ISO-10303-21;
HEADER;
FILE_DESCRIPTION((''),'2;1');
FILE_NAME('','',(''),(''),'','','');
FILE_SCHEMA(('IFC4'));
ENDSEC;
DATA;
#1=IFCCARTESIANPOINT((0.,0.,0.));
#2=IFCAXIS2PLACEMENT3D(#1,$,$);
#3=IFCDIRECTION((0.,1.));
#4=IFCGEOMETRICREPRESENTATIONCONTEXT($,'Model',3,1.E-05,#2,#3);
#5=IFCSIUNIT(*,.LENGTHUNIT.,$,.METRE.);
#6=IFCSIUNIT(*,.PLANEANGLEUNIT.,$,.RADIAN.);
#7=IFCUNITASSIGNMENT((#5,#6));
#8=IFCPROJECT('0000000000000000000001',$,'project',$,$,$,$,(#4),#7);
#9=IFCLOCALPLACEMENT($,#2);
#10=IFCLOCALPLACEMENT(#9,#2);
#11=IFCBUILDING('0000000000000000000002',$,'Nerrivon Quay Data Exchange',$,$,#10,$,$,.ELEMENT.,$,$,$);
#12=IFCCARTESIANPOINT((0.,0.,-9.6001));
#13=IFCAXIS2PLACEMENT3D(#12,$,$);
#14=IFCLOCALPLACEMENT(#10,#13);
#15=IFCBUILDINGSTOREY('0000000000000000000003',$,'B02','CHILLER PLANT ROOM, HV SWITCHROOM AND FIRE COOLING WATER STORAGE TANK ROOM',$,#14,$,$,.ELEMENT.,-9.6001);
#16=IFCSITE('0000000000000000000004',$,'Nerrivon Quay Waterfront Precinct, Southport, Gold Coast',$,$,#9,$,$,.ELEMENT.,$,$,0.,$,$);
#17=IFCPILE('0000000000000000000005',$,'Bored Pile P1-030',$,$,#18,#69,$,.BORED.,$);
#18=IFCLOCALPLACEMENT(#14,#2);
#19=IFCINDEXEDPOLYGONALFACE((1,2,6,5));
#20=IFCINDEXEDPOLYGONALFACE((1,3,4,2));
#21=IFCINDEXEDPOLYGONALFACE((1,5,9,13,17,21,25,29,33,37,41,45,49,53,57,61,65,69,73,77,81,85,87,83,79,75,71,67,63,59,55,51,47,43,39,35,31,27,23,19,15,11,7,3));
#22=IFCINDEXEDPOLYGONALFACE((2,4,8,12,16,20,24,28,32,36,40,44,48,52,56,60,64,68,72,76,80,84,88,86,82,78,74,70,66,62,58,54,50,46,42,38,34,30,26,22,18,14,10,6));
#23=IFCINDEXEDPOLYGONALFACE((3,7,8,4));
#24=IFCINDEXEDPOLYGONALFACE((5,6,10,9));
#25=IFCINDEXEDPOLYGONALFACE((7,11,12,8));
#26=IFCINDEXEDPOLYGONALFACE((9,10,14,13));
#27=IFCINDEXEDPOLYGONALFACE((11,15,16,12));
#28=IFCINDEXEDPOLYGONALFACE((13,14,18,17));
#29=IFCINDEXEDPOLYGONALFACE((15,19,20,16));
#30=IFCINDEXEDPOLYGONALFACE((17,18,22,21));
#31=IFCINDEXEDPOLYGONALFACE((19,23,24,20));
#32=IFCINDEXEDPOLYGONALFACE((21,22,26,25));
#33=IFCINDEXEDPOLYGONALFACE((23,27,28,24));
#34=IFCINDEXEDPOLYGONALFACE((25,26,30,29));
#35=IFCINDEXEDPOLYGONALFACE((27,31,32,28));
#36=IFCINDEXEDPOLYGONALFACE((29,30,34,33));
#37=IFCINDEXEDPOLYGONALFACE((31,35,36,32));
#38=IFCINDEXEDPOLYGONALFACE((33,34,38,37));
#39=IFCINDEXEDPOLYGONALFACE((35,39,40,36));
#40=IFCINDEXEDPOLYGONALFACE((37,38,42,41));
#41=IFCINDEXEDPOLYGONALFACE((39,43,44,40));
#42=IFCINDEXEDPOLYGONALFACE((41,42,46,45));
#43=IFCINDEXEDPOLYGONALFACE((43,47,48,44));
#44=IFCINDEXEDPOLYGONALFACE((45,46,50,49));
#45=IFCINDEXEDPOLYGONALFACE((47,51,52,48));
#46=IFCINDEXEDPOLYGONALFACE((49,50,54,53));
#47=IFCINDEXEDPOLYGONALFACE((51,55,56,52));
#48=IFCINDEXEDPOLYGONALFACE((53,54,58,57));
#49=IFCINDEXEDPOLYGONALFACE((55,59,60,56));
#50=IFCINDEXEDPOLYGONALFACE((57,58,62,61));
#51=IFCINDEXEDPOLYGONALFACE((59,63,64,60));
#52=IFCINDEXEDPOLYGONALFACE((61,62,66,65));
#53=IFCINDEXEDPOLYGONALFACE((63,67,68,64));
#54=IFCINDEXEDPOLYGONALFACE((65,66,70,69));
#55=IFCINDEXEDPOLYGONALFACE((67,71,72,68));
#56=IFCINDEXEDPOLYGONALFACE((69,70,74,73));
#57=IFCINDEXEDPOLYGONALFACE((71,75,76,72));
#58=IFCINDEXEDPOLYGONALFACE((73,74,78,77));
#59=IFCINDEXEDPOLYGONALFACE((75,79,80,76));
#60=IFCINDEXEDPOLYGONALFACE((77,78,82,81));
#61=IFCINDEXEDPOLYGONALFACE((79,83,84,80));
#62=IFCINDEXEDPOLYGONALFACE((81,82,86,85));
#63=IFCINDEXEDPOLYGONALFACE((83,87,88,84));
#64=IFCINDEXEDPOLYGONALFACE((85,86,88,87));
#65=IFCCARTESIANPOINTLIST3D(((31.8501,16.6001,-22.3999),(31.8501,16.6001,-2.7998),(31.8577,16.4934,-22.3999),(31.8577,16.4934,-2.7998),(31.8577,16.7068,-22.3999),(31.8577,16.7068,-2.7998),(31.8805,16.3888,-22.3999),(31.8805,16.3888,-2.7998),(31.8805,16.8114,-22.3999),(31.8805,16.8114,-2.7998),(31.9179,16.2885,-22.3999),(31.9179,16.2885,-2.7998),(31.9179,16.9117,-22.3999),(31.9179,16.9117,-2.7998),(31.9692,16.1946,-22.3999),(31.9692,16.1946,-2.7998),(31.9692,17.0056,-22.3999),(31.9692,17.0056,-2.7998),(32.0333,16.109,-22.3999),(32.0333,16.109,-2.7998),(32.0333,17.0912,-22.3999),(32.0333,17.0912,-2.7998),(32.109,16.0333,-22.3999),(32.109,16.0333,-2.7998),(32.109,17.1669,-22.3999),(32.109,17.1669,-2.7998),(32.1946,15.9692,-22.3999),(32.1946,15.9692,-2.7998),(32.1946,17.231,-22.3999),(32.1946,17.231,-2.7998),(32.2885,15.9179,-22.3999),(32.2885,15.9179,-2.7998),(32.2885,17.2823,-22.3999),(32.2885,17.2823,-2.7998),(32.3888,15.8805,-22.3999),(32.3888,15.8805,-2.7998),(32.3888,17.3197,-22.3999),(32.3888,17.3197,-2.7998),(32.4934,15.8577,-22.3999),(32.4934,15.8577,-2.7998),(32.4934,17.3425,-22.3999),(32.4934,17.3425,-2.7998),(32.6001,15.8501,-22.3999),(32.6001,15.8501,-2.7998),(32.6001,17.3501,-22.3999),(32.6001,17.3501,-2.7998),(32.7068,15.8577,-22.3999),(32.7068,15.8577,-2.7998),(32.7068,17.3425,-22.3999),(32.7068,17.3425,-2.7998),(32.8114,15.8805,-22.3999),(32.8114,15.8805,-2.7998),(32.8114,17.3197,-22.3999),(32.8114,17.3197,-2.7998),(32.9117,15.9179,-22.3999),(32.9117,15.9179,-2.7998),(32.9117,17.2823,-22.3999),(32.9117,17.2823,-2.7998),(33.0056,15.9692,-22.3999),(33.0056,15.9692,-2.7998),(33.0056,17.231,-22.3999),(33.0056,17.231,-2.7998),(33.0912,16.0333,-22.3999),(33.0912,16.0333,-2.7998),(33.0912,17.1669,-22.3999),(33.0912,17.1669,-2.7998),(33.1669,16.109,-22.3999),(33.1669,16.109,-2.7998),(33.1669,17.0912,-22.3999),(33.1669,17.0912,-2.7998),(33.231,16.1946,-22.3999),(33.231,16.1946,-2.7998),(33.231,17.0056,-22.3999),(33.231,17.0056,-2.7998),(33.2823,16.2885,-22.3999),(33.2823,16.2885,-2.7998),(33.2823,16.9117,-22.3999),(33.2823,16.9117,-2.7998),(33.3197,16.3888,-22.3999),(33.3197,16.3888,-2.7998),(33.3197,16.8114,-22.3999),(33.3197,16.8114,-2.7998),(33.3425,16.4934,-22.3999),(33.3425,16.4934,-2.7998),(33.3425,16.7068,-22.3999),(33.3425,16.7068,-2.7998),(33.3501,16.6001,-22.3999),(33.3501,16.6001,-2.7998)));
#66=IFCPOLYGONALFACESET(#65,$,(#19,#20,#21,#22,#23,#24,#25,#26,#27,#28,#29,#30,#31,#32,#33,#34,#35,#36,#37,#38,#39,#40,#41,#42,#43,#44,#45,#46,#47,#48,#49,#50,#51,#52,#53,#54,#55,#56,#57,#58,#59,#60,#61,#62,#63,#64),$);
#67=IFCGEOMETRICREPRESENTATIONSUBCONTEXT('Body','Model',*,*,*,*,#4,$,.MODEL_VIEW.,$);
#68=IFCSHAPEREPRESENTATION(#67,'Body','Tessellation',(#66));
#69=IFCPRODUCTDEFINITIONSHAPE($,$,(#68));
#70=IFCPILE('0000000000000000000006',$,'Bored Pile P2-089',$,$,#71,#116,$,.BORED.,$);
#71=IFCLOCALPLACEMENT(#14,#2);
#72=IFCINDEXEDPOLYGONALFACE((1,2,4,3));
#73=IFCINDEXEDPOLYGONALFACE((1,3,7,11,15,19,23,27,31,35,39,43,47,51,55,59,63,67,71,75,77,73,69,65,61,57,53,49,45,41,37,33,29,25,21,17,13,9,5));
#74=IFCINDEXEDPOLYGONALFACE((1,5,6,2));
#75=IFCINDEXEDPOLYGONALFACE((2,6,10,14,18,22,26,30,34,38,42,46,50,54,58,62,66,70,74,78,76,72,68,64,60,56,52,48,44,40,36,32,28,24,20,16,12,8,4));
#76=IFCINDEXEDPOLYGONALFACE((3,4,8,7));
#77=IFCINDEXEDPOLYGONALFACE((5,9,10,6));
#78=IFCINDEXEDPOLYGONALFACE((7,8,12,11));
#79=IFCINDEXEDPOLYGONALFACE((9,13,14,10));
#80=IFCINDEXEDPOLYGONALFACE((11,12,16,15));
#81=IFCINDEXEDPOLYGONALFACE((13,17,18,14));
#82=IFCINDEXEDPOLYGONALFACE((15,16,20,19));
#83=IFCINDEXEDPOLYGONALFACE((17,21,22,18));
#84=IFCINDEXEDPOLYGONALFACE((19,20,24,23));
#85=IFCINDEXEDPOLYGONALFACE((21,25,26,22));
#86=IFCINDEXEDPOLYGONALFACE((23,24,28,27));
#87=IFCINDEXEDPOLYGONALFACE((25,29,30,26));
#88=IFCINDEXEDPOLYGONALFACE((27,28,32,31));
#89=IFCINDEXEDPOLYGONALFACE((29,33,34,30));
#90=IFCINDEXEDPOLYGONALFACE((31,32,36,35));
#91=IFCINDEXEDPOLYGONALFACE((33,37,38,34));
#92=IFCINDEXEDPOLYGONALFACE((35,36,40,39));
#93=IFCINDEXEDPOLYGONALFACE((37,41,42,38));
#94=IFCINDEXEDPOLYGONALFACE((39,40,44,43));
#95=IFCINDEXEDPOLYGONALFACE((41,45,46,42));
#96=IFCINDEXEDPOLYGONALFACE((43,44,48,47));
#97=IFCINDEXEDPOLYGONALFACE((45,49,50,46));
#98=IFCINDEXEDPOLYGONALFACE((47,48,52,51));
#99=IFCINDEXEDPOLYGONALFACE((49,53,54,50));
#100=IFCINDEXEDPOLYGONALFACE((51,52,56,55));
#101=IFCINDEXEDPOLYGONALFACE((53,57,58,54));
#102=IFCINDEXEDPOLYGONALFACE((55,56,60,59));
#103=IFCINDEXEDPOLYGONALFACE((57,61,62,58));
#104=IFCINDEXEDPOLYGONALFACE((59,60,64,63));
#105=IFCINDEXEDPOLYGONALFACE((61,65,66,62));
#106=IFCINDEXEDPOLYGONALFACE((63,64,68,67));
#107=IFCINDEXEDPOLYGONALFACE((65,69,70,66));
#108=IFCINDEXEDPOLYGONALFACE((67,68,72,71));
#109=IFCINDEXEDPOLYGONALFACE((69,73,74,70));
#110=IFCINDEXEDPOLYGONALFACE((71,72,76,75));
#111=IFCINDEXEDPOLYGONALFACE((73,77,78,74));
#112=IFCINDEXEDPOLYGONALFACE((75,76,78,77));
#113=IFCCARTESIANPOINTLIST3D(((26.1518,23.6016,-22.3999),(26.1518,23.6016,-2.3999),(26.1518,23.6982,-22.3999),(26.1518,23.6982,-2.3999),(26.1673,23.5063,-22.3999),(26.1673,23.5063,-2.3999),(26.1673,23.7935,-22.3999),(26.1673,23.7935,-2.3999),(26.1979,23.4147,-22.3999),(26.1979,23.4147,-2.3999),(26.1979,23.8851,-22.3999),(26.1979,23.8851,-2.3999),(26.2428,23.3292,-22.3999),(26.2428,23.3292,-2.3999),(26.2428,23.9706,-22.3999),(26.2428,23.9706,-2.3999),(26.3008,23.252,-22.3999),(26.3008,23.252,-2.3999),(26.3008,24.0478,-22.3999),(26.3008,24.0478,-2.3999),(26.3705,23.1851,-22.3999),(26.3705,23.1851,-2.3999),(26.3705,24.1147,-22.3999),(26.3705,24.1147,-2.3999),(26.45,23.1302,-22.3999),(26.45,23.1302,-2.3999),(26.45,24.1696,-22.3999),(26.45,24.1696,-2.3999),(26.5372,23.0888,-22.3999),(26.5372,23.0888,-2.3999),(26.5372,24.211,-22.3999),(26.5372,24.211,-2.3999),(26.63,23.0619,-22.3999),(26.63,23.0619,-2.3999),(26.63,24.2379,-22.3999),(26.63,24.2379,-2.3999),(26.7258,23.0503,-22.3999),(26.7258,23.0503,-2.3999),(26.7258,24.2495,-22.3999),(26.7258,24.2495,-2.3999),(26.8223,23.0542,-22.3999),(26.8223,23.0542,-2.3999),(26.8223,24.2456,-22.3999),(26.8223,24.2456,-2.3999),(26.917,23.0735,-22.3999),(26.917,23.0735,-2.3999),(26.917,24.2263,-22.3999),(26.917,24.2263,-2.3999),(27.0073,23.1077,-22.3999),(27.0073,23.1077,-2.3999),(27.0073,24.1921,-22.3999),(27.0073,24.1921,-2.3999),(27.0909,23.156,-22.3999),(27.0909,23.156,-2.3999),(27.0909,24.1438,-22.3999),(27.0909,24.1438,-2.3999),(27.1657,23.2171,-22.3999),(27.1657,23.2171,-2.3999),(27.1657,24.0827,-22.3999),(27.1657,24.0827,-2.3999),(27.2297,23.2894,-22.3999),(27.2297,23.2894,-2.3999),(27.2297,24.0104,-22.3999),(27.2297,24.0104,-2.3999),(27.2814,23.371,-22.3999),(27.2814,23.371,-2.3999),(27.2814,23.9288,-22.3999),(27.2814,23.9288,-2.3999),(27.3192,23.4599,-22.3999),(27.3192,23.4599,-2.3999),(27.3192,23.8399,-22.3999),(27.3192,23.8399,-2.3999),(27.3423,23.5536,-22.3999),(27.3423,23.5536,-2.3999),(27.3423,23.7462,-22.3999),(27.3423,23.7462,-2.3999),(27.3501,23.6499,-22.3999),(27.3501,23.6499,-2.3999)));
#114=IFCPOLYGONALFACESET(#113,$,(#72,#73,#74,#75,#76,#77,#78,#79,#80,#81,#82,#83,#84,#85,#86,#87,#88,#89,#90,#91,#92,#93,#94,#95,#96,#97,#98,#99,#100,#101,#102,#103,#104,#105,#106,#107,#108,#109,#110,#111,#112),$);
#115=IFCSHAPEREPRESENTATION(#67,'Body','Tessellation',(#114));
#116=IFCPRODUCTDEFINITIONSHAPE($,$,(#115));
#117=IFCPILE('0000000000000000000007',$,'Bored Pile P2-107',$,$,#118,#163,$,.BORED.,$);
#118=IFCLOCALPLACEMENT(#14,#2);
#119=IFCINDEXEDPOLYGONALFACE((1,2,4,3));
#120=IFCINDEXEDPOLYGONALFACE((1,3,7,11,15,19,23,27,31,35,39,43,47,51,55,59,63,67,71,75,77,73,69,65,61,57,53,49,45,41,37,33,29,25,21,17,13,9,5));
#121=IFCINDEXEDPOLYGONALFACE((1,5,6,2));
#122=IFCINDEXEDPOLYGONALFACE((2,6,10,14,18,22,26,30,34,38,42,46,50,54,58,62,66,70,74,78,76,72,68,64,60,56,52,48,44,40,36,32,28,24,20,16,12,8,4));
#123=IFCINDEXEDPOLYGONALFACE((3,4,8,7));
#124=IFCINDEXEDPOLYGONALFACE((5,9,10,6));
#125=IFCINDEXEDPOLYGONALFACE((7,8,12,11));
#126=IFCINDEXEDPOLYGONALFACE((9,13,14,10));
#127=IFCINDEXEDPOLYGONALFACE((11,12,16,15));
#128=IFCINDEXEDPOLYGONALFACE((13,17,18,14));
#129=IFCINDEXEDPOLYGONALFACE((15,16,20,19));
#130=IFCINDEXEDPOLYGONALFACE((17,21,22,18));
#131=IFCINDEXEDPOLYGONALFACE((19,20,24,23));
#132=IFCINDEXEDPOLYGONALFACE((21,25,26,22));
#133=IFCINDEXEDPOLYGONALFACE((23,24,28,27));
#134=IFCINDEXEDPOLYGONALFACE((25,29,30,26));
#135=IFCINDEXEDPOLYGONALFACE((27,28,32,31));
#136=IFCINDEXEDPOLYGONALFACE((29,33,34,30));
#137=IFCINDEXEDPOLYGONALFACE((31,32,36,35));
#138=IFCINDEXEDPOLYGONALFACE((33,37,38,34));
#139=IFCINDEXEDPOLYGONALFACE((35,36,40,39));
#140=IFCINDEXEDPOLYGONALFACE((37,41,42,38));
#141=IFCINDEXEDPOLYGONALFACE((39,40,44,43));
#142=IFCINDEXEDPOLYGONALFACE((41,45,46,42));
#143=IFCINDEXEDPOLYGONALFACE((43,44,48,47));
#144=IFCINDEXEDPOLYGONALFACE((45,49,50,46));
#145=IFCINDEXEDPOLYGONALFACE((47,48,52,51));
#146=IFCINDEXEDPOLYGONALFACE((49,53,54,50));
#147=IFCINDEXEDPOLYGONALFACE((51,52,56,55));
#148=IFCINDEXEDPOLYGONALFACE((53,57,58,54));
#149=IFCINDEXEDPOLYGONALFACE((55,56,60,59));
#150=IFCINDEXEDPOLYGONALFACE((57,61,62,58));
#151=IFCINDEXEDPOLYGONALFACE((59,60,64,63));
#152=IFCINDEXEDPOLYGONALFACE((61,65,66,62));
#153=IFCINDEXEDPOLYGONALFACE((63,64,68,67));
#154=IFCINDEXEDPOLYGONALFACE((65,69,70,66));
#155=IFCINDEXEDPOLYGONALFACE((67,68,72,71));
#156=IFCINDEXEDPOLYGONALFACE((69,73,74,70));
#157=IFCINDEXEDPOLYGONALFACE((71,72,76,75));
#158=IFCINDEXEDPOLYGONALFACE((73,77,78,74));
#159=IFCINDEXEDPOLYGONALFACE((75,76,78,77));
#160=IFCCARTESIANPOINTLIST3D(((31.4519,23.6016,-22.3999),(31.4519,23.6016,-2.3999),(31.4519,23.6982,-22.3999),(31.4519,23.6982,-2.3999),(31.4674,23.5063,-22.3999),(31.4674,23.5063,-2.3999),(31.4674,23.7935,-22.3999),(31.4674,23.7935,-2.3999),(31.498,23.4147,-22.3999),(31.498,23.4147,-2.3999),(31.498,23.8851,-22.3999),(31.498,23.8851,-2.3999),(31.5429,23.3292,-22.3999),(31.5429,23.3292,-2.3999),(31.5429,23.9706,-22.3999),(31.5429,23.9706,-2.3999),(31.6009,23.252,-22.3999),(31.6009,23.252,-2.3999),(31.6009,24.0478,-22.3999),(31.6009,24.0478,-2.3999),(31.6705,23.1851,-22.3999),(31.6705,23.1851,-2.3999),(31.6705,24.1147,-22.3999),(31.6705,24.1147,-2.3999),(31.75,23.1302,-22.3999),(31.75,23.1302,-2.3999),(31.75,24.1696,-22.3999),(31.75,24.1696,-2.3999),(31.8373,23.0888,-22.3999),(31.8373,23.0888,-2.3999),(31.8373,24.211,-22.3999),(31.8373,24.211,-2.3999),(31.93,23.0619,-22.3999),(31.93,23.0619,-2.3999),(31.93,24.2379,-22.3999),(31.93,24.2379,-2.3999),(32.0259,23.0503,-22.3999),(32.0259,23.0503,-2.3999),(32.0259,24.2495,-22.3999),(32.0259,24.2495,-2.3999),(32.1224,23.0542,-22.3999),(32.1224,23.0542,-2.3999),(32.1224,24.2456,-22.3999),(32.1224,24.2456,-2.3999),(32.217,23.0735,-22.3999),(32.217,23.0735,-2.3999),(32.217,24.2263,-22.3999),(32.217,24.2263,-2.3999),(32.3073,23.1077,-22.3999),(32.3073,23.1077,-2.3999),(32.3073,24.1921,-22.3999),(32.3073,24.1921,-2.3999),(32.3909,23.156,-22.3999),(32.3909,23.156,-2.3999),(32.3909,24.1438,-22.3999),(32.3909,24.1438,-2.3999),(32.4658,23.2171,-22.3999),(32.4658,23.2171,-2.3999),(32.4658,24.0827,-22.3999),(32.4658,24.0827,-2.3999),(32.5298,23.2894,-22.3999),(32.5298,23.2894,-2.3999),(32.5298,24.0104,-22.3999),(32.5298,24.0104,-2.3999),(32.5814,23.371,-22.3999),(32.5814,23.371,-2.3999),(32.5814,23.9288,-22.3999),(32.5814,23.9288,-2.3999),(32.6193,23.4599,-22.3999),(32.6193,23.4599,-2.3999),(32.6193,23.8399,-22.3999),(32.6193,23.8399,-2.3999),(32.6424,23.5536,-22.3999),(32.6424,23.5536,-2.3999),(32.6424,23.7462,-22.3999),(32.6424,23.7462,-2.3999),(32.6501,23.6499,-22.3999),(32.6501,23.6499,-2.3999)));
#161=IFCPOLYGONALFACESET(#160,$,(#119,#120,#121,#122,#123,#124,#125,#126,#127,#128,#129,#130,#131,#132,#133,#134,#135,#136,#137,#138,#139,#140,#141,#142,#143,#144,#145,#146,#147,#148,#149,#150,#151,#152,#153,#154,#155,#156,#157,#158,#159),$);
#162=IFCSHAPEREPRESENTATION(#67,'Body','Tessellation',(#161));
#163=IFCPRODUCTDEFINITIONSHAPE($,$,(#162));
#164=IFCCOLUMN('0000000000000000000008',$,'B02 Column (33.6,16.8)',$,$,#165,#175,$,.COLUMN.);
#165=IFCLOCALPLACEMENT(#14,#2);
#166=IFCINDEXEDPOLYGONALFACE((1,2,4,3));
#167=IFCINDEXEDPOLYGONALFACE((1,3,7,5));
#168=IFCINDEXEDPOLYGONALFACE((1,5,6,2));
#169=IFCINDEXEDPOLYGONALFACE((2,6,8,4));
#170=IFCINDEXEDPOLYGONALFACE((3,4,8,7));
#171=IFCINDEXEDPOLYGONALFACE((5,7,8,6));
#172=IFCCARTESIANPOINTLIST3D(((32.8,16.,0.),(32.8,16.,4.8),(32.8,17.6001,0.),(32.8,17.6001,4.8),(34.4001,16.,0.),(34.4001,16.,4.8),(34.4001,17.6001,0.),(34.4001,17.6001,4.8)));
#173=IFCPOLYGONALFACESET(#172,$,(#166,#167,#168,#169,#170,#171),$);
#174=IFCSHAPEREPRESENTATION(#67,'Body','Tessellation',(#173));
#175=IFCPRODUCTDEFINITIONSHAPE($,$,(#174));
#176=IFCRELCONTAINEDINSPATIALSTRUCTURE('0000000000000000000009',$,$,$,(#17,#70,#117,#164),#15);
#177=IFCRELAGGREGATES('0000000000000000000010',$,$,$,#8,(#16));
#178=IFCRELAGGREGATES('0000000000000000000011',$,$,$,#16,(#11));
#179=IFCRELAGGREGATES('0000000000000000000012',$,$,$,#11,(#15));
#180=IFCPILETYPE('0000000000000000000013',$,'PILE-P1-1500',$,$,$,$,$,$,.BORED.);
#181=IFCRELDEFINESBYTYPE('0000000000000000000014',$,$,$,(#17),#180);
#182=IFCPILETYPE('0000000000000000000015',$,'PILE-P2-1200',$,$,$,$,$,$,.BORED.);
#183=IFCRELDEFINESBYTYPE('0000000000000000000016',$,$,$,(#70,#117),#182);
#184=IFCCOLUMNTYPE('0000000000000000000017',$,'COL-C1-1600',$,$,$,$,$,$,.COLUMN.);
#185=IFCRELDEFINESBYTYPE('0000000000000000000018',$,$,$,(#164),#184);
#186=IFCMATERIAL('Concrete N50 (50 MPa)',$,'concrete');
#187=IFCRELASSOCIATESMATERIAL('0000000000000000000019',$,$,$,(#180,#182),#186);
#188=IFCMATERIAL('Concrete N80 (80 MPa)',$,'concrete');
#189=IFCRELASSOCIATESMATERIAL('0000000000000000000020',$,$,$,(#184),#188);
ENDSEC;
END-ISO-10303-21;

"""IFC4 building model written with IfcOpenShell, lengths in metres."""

from ifc_helpers import new_model, si_unit, direction, frame, origin, origin_2d, place, context, subcontext, project, spatial, rectangle, circle, extrude, material, material_profile, profile_set, type_object, element, save


model = new_model("IFC4")

# Units and contexts
model_context = context("Model", 3, precision=1e-05, world=origin(), true_north=direction((0.0, 1.0)))
body_context = subcontext(model_context, "Body", "Model", "MODEL_VIEW")
ifc_project = project(units=[si_unit("LENGTHUNIT", "METRE"), si_unit("PLANEANGLEUNIT", "RADIAN")], contexts=[model_context])

# Site, building, storey
site_placement = place(None, origin())
site = spatial("IfcSite", under=ifc_project, at=site_placement, Name="Nerrivon Quay Waterfront Precinct, Southport, Gold Coast", CompositionType="ELEMENT", RefElevation=0.0)
building_placement = place(site_placement, origin())
building = spatial("IfcBuilding", under=site, at=building_placement, Name="Nerrivon Quay Data Exchange", CompositionType="ELEMENT")
storey_placement = place(building_placement, frame((0.0, 0.0, -9.6001)))
storey = spatial("IfcBuildingStorey", under=building, at=storey_placement, Name="B02", Description="CHILLER PLANT ROOM, HV SWITCHROOM AND FIRE COOLING WATER STORAGE TANK ROOM", CompositionType="ELEMENT", Elevation=-9.6001)

# Piles
ifc_material_1 = material(Name="Concrete N50 (50 MPa)", Category="concrete")
ifc_material_profile_1 = material_profile(ifc_material_1, circle(Radius=0.75, at=origin_2d()), Name="PILE-1500")
ifc_profile_set_1 = profile_set([ifc_material_profile_1], Name="Concrete N50 (50 MPa)")
pile_type_1 = type_object("IfcPileType", Name="PILE-P1-1500", PredefinedType="BORED", material=ifc_profile_set_1)
for number, where, z_axis, x_axis, name in (
    (1, (32.6001, 16.6001, -2.7998), (0.0, 0.0, -1.0), (1.0, 0.0, 0.0), "Bored Pile P1-030"),
):
    element("IfcPile", number, at=place(storey_placement, frame(where, z_axis=z_axis, x_axis=x_axis)), inside=storey, type_object=pile_type_1, Name=name, PredefinedType="BORED", context=body_context, shape_type="SweptSolid", body=[
        extrude(circle(Radius=0.75, at=origin_2d()), origin(), (0.0, 0.0, 1.0), 19.6001),
    ])
ifc_material_profile_2 = material_profile(ifc_material_1, circle(Radius=0.6001, at=origin_2d()), Name="PILE-1200")
ifc_profile_set_2 = profile_set([ifc_material_profile_2], Name="Concrete N50 (50 MPa)")
pile_type_2 = type_object("IfcPileType", Name="PILE-P2-1200", PredefinedType="BORED", material=ifc_profile_set_2)
for number, where, z_axis, x_axis, name in (
    (2, (26.75, 23.6499, -2.3999), (0.0, 0.0, -1.0), (1.0, 0.0, 0.0), "Bored Pile P2-089"),
    (3, (32.05, 23.6499, -2.3999), (0.0, 0.0, -1.0), (1.0, 0.0, 0.0), "Bored Pile P2-107"),
):
    element("IfcPile", number, at=place(storey_placement, frame(where, z_axis=z_axis, x_axis=x_axis)), inside=storey, type_object=pile_type_2, Name=name, PredefinedType="BORED", context=body_context, shape_type="SweptSolid", body=[
        extrude(circle(Radius=0.6001, at=origin_2d()), origin(), (0.0, 0.0, 1.0), 20.0),
    ])

# Column
ifc_material_2 = material(Name="Concrete N80 (80 MPa)", Category="concrete")
ifc_material_profile_3 = material_profile(ifc_material_2, rectangle(XDim=1.6001, YDim=1.6001, at=origin_2d()), Name="RC-COL-1600x1600")
ifc_profile_set_3 = profile_set([ifc_material_profile_3], Name="Concrete N80 (80 MPa)")
column_type = type_object("IfcColumnType", Name="COL-C1-1600", PredefinedType="COLUMN", material=ifc_profile_set_3)
column_placement = place(storey_placement, frame((33.6001, 16.8, 0.0), z_axis=(0.0, 0.0, 1.0), x_axis=(1.0, 0.0, 0.0)))
element("IfcColumn", 4, at=column_placement, inside=storey, type_object=column_type, Name="B02 Column (33.6,16.8)", PredefinedType="COLUMN", context=body_context, shape_type="SweptSolid", body=[
    extrude(rectangle(XDim=1.6001, YDim=1.6001, at=origin_2d()), origin(), (0.0, 0.0, 1.0), 4.8),
])

save(model, "model.ifc")
